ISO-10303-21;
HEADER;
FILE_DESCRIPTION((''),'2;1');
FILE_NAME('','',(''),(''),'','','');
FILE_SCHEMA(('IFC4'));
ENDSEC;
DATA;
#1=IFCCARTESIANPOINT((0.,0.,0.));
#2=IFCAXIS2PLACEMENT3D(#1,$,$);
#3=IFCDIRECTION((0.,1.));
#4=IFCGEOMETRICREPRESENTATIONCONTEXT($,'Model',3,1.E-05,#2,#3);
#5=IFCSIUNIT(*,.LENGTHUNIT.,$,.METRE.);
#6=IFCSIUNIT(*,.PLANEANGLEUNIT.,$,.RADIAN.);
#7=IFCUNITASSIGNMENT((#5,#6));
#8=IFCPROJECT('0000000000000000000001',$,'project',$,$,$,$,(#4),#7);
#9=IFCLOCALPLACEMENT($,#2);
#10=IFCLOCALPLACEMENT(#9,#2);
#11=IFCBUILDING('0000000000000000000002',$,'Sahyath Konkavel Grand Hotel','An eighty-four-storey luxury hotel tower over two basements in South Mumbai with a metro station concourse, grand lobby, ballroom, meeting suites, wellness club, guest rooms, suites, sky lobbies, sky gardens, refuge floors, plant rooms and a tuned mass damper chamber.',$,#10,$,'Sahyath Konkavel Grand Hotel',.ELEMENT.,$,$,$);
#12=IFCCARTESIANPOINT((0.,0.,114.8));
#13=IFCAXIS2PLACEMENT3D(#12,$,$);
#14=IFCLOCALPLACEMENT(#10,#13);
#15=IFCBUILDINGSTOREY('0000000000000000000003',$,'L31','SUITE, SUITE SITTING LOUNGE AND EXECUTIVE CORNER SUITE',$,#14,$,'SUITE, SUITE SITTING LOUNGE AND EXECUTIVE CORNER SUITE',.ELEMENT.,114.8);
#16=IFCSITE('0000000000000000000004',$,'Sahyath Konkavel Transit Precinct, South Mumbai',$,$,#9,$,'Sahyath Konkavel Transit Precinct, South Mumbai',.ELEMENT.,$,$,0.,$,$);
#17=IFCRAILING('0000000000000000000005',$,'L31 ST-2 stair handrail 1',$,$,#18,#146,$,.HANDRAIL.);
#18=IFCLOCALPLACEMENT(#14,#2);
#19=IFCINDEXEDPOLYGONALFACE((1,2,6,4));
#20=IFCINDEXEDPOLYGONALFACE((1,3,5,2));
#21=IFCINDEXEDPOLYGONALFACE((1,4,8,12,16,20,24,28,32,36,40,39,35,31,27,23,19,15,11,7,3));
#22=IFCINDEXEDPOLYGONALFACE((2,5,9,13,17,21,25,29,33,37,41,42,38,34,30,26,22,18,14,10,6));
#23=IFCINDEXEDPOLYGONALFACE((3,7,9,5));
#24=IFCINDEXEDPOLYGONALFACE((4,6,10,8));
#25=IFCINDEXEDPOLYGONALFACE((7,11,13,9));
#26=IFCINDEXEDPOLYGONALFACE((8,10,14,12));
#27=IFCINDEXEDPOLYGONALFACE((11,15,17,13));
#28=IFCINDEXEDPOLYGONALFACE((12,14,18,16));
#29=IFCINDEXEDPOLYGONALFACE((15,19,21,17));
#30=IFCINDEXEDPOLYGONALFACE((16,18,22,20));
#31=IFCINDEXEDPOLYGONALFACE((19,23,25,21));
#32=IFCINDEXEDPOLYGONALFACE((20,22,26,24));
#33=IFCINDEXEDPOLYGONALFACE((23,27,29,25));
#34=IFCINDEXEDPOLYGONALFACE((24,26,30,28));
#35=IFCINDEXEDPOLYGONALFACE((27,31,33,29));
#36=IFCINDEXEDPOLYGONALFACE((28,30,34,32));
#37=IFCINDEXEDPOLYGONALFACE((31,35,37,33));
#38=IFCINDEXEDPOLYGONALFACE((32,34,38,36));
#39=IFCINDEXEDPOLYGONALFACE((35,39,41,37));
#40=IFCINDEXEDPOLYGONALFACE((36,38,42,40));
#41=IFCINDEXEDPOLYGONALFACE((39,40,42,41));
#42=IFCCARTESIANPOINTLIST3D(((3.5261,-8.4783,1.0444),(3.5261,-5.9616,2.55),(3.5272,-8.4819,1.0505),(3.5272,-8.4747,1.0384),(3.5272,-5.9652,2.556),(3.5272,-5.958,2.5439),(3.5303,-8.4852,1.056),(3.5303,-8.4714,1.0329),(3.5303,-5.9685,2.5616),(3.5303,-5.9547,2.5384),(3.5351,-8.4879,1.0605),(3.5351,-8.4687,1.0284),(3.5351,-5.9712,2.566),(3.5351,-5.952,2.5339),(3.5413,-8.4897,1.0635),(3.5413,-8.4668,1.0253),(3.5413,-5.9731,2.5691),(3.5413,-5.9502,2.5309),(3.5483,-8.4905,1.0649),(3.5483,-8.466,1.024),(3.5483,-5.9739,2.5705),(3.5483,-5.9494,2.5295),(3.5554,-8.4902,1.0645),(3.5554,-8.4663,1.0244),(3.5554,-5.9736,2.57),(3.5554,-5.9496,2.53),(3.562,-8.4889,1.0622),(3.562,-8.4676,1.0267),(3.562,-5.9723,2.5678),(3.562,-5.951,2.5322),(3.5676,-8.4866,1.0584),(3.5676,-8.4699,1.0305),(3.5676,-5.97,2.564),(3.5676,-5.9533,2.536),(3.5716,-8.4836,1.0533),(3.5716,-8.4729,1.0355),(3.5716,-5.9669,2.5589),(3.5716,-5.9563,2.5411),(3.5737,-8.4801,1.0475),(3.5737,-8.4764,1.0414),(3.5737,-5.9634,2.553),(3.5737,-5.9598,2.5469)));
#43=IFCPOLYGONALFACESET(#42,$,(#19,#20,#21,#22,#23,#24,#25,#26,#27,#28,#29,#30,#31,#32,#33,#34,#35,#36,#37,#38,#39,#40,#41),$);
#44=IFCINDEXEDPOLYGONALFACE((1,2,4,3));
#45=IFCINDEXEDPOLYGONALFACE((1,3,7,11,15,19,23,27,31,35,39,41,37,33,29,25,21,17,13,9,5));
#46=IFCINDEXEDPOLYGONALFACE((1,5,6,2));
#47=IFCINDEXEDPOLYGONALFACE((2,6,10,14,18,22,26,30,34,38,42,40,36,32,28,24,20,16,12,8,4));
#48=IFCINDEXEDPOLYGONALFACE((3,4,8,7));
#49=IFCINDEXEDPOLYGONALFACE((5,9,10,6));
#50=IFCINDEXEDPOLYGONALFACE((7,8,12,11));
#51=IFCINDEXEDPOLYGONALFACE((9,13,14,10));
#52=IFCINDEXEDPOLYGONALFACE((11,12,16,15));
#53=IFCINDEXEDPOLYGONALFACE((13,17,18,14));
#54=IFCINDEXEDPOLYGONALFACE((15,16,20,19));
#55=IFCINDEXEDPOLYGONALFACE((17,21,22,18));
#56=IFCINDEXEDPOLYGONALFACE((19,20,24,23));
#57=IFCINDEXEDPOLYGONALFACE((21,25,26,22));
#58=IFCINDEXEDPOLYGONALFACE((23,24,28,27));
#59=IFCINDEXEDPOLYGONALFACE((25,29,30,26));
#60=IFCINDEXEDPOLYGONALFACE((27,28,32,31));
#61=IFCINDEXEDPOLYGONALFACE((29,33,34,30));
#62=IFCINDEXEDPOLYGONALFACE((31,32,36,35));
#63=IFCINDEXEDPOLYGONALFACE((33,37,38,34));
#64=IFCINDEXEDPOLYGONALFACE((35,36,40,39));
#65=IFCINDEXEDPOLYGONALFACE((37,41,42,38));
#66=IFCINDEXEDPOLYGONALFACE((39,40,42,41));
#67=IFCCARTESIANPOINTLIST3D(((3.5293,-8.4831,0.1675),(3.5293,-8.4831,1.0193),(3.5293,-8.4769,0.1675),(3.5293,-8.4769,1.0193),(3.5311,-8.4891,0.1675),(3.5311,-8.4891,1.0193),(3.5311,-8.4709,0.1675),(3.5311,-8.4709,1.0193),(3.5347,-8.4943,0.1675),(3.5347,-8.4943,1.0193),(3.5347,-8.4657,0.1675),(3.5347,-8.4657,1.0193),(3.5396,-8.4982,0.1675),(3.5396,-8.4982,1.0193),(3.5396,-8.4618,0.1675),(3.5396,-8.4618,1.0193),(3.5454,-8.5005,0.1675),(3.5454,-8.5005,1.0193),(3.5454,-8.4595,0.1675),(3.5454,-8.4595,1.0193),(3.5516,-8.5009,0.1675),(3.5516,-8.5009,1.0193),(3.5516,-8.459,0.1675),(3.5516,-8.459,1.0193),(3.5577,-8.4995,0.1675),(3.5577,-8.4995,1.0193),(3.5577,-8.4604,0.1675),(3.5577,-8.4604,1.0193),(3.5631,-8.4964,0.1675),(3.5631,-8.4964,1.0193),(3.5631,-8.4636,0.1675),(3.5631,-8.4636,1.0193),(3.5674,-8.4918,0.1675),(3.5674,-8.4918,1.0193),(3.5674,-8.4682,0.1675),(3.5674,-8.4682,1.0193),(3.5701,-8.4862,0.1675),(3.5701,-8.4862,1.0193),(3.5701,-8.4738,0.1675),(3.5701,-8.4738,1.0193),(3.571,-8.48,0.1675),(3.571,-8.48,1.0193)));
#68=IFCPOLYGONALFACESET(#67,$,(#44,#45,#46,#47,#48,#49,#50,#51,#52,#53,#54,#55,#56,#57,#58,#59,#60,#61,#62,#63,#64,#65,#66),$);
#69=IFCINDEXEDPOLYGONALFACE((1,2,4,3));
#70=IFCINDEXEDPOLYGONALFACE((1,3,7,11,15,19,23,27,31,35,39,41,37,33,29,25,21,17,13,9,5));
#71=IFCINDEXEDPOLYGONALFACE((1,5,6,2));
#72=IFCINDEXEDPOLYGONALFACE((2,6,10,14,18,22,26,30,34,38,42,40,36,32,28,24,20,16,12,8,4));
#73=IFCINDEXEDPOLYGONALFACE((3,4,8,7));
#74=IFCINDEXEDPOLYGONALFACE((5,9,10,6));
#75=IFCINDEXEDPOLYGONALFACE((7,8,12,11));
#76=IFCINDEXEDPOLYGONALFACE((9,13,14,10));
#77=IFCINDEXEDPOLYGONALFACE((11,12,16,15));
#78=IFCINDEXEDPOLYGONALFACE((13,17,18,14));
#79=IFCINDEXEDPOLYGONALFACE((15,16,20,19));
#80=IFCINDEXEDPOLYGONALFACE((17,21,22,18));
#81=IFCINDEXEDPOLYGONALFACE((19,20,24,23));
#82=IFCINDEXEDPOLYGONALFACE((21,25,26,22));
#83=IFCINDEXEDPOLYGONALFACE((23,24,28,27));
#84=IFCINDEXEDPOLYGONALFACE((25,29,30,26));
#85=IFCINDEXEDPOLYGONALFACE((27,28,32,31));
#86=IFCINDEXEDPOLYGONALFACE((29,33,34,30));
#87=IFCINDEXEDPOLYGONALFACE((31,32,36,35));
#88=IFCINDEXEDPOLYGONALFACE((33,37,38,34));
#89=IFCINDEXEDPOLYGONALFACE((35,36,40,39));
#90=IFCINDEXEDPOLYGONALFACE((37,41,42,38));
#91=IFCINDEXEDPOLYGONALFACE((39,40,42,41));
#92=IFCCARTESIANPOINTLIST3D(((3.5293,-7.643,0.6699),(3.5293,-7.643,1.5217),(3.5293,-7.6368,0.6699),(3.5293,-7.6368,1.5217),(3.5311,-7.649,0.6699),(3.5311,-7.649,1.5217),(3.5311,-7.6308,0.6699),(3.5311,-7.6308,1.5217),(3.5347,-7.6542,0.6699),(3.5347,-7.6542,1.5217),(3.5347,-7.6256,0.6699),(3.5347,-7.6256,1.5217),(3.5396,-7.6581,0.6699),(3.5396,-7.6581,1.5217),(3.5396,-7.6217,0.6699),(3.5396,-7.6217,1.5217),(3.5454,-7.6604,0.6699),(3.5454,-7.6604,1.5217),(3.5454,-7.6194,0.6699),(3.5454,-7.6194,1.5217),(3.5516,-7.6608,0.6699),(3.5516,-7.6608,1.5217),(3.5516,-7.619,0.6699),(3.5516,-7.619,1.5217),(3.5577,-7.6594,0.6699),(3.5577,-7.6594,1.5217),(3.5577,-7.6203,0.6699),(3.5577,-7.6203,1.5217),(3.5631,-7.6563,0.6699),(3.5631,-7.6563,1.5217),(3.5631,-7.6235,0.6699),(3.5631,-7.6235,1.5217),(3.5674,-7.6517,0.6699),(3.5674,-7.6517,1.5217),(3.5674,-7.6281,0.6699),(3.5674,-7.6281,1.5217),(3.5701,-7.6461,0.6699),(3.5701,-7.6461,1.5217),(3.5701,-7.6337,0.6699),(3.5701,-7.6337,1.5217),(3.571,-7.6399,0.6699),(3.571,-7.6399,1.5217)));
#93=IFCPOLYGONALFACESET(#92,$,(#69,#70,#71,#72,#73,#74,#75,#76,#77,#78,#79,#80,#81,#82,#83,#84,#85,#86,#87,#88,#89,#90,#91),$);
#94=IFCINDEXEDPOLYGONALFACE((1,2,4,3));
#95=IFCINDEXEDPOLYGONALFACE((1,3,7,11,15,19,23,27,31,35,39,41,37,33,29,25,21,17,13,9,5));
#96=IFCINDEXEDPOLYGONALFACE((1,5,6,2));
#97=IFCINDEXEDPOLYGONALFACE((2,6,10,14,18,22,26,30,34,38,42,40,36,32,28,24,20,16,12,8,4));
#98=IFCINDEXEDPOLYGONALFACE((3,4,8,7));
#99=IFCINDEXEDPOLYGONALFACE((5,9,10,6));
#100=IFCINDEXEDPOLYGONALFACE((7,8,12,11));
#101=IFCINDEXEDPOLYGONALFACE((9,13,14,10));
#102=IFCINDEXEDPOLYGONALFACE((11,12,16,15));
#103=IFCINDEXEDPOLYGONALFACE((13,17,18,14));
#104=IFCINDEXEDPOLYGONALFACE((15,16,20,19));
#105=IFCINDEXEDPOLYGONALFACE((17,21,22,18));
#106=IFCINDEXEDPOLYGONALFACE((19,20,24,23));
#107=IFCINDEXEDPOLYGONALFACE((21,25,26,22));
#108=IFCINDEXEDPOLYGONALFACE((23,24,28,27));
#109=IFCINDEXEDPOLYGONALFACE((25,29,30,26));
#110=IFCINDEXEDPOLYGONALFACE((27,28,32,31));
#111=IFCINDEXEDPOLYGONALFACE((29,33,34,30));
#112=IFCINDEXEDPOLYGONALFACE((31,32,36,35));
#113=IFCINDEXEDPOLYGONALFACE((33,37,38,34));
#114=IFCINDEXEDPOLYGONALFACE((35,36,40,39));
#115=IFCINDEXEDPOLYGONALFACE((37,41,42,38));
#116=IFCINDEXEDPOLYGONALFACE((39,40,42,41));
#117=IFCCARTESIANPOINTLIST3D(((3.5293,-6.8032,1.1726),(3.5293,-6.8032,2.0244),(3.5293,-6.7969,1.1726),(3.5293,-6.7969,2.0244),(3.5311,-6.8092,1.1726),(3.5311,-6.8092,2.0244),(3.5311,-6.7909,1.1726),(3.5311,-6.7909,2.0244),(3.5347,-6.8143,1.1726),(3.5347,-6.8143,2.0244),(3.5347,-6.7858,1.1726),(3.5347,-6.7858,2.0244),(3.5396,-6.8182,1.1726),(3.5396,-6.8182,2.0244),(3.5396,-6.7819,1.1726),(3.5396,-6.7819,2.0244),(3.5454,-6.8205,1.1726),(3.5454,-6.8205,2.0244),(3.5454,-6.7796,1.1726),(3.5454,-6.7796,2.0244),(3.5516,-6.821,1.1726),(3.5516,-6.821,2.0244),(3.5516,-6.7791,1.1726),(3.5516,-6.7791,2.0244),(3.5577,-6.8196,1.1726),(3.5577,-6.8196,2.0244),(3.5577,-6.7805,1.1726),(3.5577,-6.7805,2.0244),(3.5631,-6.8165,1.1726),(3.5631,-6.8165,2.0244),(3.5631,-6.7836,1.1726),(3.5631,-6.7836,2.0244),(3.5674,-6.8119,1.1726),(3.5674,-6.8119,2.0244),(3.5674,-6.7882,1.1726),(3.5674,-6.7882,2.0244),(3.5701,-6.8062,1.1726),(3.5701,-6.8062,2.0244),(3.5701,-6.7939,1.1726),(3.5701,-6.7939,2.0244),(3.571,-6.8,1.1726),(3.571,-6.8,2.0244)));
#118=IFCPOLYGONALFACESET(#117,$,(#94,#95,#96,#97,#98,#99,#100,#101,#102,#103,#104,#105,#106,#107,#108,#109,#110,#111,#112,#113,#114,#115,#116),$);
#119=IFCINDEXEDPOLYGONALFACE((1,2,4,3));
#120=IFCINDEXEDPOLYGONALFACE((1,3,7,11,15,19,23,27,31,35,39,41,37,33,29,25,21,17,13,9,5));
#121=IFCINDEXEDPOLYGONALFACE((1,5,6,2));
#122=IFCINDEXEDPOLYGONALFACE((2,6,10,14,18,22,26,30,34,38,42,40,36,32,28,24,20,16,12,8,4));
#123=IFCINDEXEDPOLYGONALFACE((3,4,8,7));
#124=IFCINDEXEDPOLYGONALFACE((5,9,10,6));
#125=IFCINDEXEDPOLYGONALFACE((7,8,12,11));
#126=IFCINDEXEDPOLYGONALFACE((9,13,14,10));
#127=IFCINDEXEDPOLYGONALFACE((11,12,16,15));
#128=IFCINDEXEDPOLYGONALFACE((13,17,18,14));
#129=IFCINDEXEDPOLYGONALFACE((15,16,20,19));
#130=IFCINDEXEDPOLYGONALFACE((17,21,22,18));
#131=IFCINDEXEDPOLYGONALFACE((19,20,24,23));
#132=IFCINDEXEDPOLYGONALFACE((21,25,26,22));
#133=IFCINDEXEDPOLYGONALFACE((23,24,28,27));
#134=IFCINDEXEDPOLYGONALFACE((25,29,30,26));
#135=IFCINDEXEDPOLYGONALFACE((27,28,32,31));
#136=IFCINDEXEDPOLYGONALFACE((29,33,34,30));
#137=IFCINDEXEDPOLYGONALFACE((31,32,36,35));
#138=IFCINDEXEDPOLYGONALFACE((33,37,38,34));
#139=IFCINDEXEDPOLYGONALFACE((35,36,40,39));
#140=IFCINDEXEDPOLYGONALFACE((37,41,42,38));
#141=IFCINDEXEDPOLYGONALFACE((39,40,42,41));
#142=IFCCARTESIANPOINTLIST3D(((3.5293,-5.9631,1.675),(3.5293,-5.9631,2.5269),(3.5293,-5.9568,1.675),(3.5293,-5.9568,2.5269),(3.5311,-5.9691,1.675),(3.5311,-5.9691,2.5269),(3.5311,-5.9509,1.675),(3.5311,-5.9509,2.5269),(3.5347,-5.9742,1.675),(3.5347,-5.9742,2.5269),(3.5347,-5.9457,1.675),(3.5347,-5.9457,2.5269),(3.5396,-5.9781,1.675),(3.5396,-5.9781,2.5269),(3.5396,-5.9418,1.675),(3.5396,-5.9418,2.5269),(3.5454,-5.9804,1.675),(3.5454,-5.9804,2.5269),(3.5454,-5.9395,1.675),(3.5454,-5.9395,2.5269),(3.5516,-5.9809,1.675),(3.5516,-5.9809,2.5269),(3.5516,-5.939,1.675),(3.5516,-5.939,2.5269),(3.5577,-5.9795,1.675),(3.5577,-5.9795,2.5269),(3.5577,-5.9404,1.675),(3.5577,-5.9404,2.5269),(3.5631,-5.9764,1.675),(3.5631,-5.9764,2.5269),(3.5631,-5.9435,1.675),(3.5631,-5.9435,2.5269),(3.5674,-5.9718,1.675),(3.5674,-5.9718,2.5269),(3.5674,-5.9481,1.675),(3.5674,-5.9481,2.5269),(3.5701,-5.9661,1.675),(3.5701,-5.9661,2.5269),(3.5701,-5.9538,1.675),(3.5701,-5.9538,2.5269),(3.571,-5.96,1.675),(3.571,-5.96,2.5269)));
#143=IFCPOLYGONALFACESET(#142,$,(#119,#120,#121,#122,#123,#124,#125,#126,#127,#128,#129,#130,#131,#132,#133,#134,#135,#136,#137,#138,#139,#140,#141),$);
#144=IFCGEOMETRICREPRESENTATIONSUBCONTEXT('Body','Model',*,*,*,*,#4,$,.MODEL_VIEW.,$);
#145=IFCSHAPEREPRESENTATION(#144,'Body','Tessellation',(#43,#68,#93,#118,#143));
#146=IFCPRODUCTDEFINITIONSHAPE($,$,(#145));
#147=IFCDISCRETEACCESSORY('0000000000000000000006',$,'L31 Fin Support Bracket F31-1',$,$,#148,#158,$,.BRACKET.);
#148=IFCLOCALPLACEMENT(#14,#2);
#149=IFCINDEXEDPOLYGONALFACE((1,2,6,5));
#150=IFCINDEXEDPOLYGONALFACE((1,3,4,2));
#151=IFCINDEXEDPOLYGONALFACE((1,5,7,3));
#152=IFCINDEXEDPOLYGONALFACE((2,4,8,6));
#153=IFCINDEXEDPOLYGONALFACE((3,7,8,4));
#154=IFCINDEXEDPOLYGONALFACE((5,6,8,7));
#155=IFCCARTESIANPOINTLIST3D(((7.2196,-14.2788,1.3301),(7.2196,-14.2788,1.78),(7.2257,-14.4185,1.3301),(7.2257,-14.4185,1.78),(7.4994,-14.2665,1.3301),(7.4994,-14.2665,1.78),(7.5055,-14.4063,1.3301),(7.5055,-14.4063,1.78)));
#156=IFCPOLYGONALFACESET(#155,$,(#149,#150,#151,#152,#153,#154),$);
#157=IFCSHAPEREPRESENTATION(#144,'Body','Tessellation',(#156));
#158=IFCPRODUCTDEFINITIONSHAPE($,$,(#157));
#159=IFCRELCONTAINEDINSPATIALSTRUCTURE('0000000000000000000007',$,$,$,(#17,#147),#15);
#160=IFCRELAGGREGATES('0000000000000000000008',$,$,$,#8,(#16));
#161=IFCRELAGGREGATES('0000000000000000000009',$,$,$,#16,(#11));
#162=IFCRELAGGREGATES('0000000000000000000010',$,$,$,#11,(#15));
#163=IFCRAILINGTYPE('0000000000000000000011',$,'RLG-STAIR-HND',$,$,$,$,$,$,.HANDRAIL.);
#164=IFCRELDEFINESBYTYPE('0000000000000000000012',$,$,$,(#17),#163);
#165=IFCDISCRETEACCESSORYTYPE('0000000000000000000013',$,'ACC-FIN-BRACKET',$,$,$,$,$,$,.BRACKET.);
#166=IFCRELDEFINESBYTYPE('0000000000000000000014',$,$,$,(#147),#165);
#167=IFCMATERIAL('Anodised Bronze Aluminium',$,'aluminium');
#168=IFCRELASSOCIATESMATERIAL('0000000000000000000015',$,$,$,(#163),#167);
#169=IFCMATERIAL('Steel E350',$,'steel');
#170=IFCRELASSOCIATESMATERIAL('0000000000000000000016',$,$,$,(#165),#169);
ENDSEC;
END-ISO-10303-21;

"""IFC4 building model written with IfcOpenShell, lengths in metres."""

from ifc_helpers import new_model, si_unit, direction, frame, origin, origin_2d, place, context, subcontext, project, spatial, rectangle, circle, extrude, source, transform, mapped, material, type_object, element, save


model = new_model("IFC4")

# Units and contexts
model_context = context("Model", 3, precision=1e-05, world=origin(), true_north=direction((0.0, 1.0)))
body_context = subcontext(model_context, "Body", "Model", "MODEL_VIEW")
ifc_project = project(units=[si_unit("LENGTHUNIT", "METRE"), si_unit("PLANEANGLEUNIT", "RADIAN")], contexts=[model_context])

# Site, building, storey
site_placement = place(None, origin())
site = spatial("IfcSite", under=ifc_project, at=site_placement, Name="Sahyath Konkavel Transit Precinct, South Mumbai", LongName="Sahyath Konkavel Transit Precinct, South Mumbai", CompositionType="ELEMENT", RefElevation=0.0)
building_placement = place(site_placement, origin())
building = spatial("IfcBuilding", under=site, at=building_placement, Name="Sahyath Konkavel Grand Hotel", Description="An eighty-four-storey luxury hotel tower over two basements in South Mumbai with a metro station concourse, grand lobby, ballroom, meeting suites, wellness club, guest rooms, suites, sky lobbies, sky gardens, refuge floors, plant rooms and a tuned mass damper chamber.", LongName="Sahyath Konkavel Grand Hotel", CompositionType="ELEMENT")
storey_placement = place(building_placement, frame((0.0, 0.0, 114.8)))
storey = spatial("IfcBuildingStorey", under=building, at=storey_placement, Name="L31", Description="SUITE, SUITE SITTING LOUNGE AND EXECUTIVE CORNER SUITE", LongName="SUITE, SUITE SITTING LOUNGE AND EXECUTIVE CORNER SUITE", CompositionType="ELEMENT", Elevation=114.8)

# Shared definitions
ifc_material_1 = material(Name="Steel E350", Category="steel")

# Shared definitions
ifc_material_2 = material(Name="Anodised Bronze Aluminium", Category="aluminium")

# Railing
railing_type_1 = type_object("IfcRailingType", Name="RLG-STAIR-HND", PredefinedType="HANDRAIL", material=ifc_material_2)
railing_1_placement = place(storey_placement, frame((3.55, -8.48, 0.1675)))
element("IfcRailing", 1, at=railing_1_placement, inside=storey, type_object=railing_type_1, Name="L31 ST-2 stair handrail 1", PredefinedType="HANDRAIL", context=body_context, shape_type="SweptSolid", body=[
    extrude(circle(Radius=0.0239, at=origin_2d()), frame((0.0, 0.0017, 0.877), z_axis=(0.0, 0.85816, 0.513383), x_axis=(-1.0, 0.0, 0.0)), (0.0, 0.0, 1.0), 2.9326),
    extrude(circle(Radius=0.021, at=origin_2d()), origin(), (0.0, 0.0, 1.0), 0.8518),
    extrude(circle(Radius=0.021, at=origin_2d()), frame((0.0, 0.8401, 0.5024)), (0.0, 0.0, 1.0), 0.8518),
    extrude(circle(Radius=0.021, at=origin_2d()), frame((0.0, 1.6799, 1.0051)), (0.0, 0.0, 1.0), 0.8518),
    extrude(circle(Radius=0.021, at=origin_2d()), frame((0.0, 2.52, 1.5076)), (0.0, 0.0, 1.0), 0.8518),
])

# Discrete accessory
discrete_accessory_type = type_object("IfcDiscreteAccessoryType", Name="ACC-FIN-BRACKET", PredefinedType="BRACKET", material=ifc_material_1)
shared_shape_1 = source(origin(), body_context, "Body", "SweptSolid", [
    extrude(rectangle(XDim=0.28, YDim=0.1399, at=origin_2d()), origin(), (0.0, 0.0, 1.0), 0.45),
])
discrete_accessory_placement = place(storey_placement, frame((7.3625, -14.3425, 1.3301), z_axis=(0.0, 0.0, 1.0), x_axis=(0.999048, 0.043619, 0.0)))
element("IfcDiscreteAccessory", 2, at=discrete_accessory_placement, inside=storey, type_object=discrete_accessory_type, Name="L31 Fin Support Bracket F31-1", PredefinedType="BRACKET", context=body_context, shape_type="MappedRepresentation", body=[
    mapped(shared_shape_1, transform((0.0, 0.0, 0.0), scale=1.0)),
])

save(model, "model.ifc")
